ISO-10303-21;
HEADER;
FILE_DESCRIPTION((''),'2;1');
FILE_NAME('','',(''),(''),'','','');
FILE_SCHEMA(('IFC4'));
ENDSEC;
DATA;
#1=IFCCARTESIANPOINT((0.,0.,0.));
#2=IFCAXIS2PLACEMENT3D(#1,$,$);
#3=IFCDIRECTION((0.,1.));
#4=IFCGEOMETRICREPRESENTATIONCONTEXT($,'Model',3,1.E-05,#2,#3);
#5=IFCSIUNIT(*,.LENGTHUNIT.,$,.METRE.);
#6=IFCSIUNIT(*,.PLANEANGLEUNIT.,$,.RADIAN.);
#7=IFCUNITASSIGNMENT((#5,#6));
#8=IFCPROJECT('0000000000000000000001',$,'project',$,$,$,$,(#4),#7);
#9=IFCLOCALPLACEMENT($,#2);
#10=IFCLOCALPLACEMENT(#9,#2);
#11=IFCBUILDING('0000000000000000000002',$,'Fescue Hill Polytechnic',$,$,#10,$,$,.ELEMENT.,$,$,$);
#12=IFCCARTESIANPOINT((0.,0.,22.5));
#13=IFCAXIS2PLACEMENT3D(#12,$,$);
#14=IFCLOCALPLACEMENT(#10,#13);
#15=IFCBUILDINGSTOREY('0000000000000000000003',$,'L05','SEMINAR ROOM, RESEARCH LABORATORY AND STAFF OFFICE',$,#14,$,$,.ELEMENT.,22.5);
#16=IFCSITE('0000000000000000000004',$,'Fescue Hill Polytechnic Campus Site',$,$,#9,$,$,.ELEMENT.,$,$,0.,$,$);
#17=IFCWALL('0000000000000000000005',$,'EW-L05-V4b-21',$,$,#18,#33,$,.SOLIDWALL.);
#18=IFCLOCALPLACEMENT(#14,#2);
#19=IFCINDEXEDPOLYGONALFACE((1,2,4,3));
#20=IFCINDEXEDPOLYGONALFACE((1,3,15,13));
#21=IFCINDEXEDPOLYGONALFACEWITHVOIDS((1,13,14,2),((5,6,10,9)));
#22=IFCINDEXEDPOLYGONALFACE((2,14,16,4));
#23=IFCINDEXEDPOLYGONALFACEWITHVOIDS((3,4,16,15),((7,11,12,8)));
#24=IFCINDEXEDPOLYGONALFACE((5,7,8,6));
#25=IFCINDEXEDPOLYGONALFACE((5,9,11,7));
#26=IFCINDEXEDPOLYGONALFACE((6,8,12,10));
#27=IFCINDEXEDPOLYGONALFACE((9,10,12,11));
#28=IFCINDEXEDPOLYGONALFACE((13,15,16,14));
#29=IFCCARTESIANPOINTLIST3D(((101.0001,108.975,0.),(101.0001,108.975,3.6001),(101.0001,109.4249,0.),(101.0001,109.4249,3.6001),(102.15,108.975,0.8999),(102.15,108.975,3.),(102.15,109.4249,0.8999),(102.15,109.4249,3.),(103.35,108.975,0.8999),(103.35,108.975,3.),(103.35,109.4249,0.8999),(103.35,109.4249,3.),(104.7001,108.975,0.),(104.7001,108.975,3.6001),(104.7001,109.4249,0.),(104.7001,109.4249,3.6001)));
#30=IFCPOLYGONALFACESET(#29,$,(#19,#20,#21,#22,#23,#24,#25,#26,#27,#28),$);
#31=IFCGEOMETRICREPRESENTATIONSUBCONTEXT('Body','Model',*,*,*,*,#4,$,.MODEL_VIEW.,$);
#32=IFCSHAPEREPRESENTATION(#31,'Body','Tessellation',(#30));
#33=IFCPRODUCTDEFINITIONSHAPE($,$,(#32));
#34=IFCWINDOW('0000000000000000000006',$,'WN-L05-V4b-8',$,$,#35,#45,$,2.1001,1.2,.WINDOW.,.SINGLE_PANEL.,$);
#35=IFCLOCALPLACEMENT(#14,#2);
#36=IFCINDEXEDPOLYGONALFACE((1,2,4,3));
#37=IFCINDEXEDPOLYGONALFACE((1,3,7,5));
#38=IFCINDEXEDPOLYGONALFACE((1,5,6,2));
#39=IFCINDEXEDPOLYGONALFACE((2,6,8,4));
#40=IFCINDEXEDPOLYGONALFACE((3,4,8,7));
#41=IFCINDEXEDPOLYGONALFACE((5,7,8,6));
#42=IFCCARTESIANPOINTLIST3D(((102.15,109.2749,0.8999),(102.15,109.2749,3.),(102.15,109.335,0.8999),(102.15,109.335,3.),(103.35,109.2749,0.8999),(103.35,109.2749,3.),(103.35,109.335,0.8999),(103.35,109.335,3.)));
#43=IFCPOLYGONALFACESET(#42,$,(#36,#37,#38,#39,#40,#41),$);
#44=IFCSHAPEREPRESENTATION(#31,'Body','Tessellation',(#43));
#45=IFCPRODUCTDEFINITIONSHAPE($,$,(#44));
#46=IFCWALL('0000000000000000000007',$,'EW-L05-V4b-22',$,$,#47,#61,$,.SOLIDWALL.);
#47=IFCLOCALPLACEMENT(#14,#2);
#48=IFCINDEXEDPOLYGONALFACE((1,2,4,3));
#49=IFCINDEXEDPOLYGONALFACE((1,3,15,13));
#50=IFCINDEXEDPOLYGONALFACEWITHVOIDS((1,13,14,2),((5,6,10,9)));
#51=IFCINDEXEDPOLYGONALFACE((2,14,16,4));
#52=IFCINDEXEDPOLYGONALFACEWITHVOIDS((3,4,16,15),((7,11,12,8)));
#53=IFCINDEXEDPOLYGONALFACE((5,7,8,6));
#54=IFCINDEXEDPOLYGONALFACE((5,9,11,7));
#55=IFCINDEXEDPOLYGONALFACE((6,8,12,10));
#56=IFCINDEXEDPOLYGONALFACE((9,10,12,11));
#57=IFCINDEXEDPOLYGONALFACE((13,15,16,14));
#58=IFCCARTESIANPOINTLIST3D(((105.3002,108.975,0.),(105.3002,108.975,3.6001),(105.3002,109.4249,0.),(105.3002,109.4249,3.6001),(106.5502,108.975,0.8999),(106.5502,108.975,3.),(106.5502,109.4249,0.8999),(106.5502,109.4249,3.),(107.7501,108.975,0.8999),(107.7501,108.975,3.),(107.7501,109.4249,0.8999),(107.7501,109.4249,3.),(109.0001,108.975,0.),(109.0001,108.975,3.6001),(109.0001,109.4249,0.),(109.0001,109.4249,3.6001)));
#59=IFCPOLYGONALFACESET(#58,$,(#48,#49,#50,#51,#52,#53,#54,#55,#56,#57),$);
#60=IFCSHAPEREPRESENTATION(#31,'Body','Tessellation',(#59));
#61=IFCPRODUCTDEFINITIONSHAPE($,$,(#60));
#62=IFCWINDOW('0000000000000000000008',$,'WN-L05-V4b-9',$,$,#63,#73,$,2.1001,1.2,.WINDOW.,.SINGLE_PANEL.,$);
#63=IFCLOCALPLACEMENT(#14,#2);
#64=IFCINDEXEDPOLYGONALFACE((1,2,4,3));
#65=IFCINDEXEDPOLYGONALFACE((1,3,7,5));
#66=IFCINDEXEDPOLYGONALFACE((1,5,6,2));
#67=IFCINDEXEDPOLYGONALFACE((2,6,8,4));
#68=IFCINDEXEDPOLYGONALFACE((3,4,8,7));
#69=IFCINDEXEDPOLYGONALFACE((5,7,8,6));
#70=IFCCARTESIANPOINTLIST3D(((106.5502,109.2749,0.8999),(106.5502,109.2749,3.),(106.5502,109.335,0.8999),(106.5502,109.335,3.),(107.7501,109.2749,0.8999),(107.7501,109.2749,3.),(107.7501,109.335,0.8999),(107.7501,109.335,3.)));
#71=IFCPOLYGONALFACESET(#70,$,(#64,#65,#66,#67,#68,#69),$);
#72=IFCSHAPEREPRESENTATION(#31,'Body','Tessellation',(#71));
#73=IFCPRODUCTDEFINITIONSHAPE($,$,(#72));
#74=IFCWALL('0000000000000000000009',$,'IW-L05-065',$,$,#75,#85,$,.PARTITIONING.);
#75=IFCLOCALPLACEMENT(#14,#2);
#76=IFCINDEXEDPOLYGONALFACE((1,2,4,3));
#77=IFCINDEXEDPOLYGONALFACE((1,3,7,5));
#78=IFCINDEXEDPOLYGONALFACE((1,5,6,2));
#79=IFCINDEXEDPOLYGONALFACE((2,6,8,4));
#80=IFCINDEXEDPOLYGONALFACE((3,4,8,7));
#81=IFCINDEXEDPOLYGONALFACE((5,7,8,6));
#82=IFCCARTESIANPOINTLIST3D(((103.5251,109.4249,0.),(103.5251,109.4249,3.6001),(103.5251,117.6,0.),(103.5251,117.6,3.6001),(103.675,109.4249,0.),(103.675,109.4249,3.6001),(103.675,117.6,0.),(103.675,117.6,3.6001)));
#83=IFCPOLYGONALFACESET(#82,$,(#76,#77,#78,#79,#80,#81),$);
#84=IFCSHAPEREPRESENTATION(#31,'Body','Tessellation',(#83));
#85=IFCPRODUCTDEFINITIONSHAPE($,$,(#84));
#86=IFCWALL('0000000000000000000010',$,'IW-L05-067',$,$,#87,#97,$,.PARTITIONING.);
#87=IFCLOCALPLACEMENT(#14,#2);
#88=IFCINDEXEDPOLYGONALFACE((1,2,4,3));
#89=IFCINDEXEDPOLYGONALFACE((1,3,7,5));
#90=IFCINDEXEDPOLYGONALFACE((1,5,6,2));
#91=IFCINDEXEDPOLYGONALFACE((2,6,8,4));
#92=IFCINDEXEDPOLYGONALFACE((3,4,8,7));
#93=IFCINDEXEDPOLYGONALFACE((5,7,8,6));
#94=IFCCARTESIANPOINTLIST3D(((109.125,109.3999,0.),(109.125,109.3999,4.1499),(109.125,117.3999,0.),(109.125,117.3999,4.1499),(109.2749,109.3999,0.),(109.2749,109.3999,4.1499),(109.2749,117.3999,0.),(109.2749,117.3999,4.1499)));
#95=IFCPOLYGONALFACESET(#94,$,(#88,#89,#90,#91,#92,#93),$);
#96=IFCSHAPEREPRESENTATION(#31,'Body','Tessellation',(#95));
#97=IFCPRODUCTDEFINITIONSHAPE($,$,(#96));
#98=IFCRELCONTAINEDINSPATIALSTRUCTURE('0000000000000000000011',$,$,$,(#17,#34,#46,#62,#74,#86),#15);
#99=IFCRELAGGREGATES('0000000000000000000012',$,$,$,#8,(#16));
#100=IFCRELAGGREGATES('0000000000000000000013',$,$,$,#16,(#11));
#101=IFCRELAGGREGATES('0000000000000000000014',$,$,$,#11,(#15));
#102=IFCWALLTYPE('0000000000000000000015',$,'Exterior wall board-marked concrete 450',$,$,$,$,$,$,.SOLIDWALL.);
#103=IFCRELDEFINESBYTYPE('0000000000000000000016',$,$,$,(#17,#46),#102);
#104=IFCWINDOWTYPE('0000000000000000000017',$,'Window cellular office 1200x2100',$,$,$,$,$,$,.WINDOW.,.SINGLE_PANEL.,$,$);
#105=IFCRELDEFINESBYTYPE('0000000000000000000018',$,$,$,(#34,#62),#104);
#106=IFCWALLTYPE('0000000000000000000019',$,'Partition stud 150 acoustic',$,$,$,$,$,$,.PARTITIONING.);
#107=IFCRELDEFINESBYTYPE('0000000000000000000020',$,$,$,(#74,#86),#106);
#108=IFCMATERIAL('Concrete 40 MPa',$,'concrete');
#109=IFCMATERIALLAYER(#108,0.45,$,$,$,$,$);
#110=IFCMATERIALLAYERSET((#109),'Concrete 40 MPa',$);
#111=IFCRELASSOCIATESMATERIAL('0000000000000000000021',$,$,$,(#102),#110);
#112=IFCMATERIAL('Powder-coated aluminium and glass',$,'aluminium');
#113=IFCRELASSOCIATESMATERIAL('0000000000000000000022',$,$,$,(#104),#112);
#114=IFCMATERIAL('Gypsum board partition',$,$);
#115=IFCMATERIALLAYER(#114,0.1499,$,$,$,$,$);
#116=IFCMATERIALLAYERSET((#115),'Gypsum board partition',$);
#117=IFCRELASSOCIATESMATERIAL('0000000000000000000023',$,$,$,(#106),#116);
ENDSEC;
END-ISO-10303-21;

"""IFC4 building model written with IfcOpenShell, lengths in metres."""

from ifc_helpers import new_model, si_unit, direction, frame, frame_2d, origin, place, context, subcontext, project, spatial, rectangle, extrude, material, layer, layer_set, type_object, element, fill, save


model = new_model("IFC4")

# Units and contexts
model_context = context("Model", 3, precision=1e-05, world=origin(), true_north=direction((0.0, 1.0)))
body_context = subcontext(model_context, "Body", "Model", "MODEL_VIEW")
ifc_project = project(units=[si_unit("LENGTHUNIT", "METRE"), si_unit("PLANEANGLEUNIT", "RADIAN")], contexts=[model_context])

# Site, building, storey
site_placement = place(None, origin())
site = spatial("IfcSite", under=ifc_project, at=site_placement, Name="Fescue Hill Polytechnic Campus Site", CompositionType="ELEMENT", RefElevation=0.0)
building_placement = place(site_placement, origin())
building = spatial("IfcBuilding", under=site, at=building_placement, Name="Fescue Hill Polytechnic", CompositionType="ELEMENT")
storey_placement = place(building_placement, frame((0.0, 0.0, 22.5)))
storey = spatial("IfcBuildingStorey", under=building, at=storey_placement, Name="L05", Description="SEMINAR ROOM, RESEARCH LABORATORY AND STAFF OFFICE", CompositionType="ELEMENT", Elevation=22.5)

# Shared definitions
ifc_material_1 = material(Name="Concrete 40 MPa", Category="concrete")

# Shared definitions
ifc_material_2 = material(Name="Gypsum board partition")

# Walls, openings, windows
ifc_layer_1 = layer(ifc_material_1, 0.45)
ifc_layer_set_1 = layer_set([ifc_layer_1], Name="Concrete 40 MPa")
wall_type_1 = type_object("IfcWallType", Name="Exterior wall board-marked concrete 450", PredefinedType="SOLIDWALL", material=ifc_layer_set_1)
wall_1_placement = place(storey_placement, frame((101.0, 109.2, 0.0), z_axis=(0.0, 0.0, 1.0), x_axis=(1.0, 0.0, 0.0)))
wall_1 = element("IfcWall", 1, at=wall_1_placement, inside=storey, type_object=wall_type_1, Name="EW-L05-V4b-21", PredefinedType="SOLIDWALL", context=body_context, shape_type="SweptSolid", body=[
    extrude(rectangle(XDim=3.7, YDim=0.45, at=frame_2d((1.8501, 0.0))), origin(), (0.0, 0.0, 1.0), 3.6001),
])
opening_1_placement = place(wall_1_placement, frame((1.1499, 0.0, 0.8999)))
opening_1 = element("IfcOpeningElement", 2, at=opening_1_placement, cuts=wall_1, PredefinedType="OPENING", context=body_context, shape_type="SweptSolid", body=[
    extrude(rectangle(XDim=1.2, YDim=2.1001, at=frame_2d((0.6001, 1.05))), frame((0.0, 0.2349, 0.0), z_axis=(0.0, -1.0, 0.0), x_axis=(1.0, 0.0, 0.0)), (0.0, 0.0, 1.0), 0.47),
])
ifc_material_3 = material(Name="Powder-coated aluminium and glass", Category="aluminium")
window_type = type_object("IfcWindowType", Name="Window cellular office 1200x2100", PartitioningType="SINGLE_PANEL", PredefinedType="WINDOW", material=ifc_material_3)
window_1_placement = place(opening_1_placement, origin())
window_1 = element("IfcWindow", 3, at=window_1_placement, inside=storey, type_object=window_type, Name="WN-L05-V4b-8", OverallHeight=2.1001, OverallWidth=1.2, PartitioningType="SINGLE_PANEL", PredefinedType="WINDOW", context=body_context, shape_type="SweptSolid", body=[
    extrude(rectangle(XDim=1.2, YDim=2.1001, at=frame_2d((0.6001, 1.05))), frame((0.0, 0.135, 0.0), z_axis=(0.0, -1.0, 0.0), x_axis=(1.0, 0.0, 0.0)), (0.0, 0.0, 1.0), 0.0601),
])
fill(opening_1, window_1)
wall_2_placement = place(storey_placement, frame((105.3, 109.2, 0.0), z_axis=(0.0, 0.0, 1.0), x_axis=(1.0, 0.0, 0.0)))
wall_2 = element("IfcWall", 4, at=wall_2_placement, inside=storey, type_object=wall_type_1, Name="EW-L05-V4b-22", PredefinedType="SOLIDWALL", context=body_context, shape_type="SweptSolid", body=[
    extrude(rectangle(XDim=3.7, YDim=0.45, at=frame_2d((1.8501, 0.0))), origin(), (0.0, 0.0, 1.0), 3.6001),
])
opening_2_placement = place(wall_2_placement, frame((1.25, 0.0, 0.8999)))
opening_2 = element("IfcOpeningElement", 5, at=opening_2_placement, cuts=wall_2, PredefinedType="OPENING", context=body_context, shape_type="SweptSolid", body=[
    extrude(rectangle(XDim=1.2, YDim=2.1001, at=frame_2d((0.6001, 1.05))), frame((0.0, 0.2349, 0.0), z_axis=(0.0, -1.0, 0.0), x_axis=(1.0, 0.0, 0.0)), (0.0, 0.0, 1.0), 0.47),
])
window_2_placement = place(opening_2_placement, origin())
window_2 = element("IfcWindow", 6, at=window_2_placement, inside=storey, type_object=window_type, Name="WN-L05-V4b-9", OverallHeight=2.1001, OverallWidth=1.2, PartitioningType="SINGLE_PANEL", PredefinedType="WINDOW", context=body_context, shape_type="SweptSolid", body=[
    extrude(rectangle(XDim=1.2, YDim=2.1001, at=frame_2d((0.6001, 1.05))), frame((0.0, 0.135, 0.0), z_axis=(0.0, -1.0, 0.0), x_axis=(1.0, 0.0, 0.0)), (0.0, 0.0, 1.0), 0.0601),
])
fill(opening_2, window_2)

# Walls
ifc_layer_2 = layer(ifc_material_2, 0.1499)
ifc_layer_set_2 = layer_set([ifc_layer_2], Name="Gypsum board partition")
wall_type_2 = type_object("IfcWallType", Name="Partition stud 150 acoustic", PredefinedType="PARTITIONING", material=ifc_layer_set_2)
wall_3_placement = place(storey_placement, frame((103.6001, 109.425, 0.0), z_axis=(0.0, 0.0, 1.0), x_axis=(0.0, 1.0, 0.0)))
element("IfcWall", 7, at=wall_3_placement, inside=storey, type_object=wall_type_2, Name="IW-L05-065", PredefinedType="PARTITIONING", context=body_context, shape_type="SweptSolid", body=[
    extrude(rectangle(XDim=8.175, YDim=0.1499, at=frame_2d((4.0874, 0.0))), origin(), (0.0, 0.0, 1.0), 3.6001),
])
wall_4_placement = place(storey_placement, frame((109.2, 109.3999, 0.0), z_axis=(0.0, 0.0, 1.0), x_axis=(0.0, 1.0, 0.0)))
element("IfcWall", 8, at=wall_4_placement, inside=storey, type_object=wall_type_2, Name="IW-L05-067", PredefinedType="PARTITIONING", context=body_context, shape_type="SweptSolid", body=[
    extrude(rectangle(XDim=8.0, YDim=0.1499, at=frame_2d((4.0, 0.0))), origin(), (0.0, 0.0, 1.0), 4.1499),
])

save(model, "model.ifc")
